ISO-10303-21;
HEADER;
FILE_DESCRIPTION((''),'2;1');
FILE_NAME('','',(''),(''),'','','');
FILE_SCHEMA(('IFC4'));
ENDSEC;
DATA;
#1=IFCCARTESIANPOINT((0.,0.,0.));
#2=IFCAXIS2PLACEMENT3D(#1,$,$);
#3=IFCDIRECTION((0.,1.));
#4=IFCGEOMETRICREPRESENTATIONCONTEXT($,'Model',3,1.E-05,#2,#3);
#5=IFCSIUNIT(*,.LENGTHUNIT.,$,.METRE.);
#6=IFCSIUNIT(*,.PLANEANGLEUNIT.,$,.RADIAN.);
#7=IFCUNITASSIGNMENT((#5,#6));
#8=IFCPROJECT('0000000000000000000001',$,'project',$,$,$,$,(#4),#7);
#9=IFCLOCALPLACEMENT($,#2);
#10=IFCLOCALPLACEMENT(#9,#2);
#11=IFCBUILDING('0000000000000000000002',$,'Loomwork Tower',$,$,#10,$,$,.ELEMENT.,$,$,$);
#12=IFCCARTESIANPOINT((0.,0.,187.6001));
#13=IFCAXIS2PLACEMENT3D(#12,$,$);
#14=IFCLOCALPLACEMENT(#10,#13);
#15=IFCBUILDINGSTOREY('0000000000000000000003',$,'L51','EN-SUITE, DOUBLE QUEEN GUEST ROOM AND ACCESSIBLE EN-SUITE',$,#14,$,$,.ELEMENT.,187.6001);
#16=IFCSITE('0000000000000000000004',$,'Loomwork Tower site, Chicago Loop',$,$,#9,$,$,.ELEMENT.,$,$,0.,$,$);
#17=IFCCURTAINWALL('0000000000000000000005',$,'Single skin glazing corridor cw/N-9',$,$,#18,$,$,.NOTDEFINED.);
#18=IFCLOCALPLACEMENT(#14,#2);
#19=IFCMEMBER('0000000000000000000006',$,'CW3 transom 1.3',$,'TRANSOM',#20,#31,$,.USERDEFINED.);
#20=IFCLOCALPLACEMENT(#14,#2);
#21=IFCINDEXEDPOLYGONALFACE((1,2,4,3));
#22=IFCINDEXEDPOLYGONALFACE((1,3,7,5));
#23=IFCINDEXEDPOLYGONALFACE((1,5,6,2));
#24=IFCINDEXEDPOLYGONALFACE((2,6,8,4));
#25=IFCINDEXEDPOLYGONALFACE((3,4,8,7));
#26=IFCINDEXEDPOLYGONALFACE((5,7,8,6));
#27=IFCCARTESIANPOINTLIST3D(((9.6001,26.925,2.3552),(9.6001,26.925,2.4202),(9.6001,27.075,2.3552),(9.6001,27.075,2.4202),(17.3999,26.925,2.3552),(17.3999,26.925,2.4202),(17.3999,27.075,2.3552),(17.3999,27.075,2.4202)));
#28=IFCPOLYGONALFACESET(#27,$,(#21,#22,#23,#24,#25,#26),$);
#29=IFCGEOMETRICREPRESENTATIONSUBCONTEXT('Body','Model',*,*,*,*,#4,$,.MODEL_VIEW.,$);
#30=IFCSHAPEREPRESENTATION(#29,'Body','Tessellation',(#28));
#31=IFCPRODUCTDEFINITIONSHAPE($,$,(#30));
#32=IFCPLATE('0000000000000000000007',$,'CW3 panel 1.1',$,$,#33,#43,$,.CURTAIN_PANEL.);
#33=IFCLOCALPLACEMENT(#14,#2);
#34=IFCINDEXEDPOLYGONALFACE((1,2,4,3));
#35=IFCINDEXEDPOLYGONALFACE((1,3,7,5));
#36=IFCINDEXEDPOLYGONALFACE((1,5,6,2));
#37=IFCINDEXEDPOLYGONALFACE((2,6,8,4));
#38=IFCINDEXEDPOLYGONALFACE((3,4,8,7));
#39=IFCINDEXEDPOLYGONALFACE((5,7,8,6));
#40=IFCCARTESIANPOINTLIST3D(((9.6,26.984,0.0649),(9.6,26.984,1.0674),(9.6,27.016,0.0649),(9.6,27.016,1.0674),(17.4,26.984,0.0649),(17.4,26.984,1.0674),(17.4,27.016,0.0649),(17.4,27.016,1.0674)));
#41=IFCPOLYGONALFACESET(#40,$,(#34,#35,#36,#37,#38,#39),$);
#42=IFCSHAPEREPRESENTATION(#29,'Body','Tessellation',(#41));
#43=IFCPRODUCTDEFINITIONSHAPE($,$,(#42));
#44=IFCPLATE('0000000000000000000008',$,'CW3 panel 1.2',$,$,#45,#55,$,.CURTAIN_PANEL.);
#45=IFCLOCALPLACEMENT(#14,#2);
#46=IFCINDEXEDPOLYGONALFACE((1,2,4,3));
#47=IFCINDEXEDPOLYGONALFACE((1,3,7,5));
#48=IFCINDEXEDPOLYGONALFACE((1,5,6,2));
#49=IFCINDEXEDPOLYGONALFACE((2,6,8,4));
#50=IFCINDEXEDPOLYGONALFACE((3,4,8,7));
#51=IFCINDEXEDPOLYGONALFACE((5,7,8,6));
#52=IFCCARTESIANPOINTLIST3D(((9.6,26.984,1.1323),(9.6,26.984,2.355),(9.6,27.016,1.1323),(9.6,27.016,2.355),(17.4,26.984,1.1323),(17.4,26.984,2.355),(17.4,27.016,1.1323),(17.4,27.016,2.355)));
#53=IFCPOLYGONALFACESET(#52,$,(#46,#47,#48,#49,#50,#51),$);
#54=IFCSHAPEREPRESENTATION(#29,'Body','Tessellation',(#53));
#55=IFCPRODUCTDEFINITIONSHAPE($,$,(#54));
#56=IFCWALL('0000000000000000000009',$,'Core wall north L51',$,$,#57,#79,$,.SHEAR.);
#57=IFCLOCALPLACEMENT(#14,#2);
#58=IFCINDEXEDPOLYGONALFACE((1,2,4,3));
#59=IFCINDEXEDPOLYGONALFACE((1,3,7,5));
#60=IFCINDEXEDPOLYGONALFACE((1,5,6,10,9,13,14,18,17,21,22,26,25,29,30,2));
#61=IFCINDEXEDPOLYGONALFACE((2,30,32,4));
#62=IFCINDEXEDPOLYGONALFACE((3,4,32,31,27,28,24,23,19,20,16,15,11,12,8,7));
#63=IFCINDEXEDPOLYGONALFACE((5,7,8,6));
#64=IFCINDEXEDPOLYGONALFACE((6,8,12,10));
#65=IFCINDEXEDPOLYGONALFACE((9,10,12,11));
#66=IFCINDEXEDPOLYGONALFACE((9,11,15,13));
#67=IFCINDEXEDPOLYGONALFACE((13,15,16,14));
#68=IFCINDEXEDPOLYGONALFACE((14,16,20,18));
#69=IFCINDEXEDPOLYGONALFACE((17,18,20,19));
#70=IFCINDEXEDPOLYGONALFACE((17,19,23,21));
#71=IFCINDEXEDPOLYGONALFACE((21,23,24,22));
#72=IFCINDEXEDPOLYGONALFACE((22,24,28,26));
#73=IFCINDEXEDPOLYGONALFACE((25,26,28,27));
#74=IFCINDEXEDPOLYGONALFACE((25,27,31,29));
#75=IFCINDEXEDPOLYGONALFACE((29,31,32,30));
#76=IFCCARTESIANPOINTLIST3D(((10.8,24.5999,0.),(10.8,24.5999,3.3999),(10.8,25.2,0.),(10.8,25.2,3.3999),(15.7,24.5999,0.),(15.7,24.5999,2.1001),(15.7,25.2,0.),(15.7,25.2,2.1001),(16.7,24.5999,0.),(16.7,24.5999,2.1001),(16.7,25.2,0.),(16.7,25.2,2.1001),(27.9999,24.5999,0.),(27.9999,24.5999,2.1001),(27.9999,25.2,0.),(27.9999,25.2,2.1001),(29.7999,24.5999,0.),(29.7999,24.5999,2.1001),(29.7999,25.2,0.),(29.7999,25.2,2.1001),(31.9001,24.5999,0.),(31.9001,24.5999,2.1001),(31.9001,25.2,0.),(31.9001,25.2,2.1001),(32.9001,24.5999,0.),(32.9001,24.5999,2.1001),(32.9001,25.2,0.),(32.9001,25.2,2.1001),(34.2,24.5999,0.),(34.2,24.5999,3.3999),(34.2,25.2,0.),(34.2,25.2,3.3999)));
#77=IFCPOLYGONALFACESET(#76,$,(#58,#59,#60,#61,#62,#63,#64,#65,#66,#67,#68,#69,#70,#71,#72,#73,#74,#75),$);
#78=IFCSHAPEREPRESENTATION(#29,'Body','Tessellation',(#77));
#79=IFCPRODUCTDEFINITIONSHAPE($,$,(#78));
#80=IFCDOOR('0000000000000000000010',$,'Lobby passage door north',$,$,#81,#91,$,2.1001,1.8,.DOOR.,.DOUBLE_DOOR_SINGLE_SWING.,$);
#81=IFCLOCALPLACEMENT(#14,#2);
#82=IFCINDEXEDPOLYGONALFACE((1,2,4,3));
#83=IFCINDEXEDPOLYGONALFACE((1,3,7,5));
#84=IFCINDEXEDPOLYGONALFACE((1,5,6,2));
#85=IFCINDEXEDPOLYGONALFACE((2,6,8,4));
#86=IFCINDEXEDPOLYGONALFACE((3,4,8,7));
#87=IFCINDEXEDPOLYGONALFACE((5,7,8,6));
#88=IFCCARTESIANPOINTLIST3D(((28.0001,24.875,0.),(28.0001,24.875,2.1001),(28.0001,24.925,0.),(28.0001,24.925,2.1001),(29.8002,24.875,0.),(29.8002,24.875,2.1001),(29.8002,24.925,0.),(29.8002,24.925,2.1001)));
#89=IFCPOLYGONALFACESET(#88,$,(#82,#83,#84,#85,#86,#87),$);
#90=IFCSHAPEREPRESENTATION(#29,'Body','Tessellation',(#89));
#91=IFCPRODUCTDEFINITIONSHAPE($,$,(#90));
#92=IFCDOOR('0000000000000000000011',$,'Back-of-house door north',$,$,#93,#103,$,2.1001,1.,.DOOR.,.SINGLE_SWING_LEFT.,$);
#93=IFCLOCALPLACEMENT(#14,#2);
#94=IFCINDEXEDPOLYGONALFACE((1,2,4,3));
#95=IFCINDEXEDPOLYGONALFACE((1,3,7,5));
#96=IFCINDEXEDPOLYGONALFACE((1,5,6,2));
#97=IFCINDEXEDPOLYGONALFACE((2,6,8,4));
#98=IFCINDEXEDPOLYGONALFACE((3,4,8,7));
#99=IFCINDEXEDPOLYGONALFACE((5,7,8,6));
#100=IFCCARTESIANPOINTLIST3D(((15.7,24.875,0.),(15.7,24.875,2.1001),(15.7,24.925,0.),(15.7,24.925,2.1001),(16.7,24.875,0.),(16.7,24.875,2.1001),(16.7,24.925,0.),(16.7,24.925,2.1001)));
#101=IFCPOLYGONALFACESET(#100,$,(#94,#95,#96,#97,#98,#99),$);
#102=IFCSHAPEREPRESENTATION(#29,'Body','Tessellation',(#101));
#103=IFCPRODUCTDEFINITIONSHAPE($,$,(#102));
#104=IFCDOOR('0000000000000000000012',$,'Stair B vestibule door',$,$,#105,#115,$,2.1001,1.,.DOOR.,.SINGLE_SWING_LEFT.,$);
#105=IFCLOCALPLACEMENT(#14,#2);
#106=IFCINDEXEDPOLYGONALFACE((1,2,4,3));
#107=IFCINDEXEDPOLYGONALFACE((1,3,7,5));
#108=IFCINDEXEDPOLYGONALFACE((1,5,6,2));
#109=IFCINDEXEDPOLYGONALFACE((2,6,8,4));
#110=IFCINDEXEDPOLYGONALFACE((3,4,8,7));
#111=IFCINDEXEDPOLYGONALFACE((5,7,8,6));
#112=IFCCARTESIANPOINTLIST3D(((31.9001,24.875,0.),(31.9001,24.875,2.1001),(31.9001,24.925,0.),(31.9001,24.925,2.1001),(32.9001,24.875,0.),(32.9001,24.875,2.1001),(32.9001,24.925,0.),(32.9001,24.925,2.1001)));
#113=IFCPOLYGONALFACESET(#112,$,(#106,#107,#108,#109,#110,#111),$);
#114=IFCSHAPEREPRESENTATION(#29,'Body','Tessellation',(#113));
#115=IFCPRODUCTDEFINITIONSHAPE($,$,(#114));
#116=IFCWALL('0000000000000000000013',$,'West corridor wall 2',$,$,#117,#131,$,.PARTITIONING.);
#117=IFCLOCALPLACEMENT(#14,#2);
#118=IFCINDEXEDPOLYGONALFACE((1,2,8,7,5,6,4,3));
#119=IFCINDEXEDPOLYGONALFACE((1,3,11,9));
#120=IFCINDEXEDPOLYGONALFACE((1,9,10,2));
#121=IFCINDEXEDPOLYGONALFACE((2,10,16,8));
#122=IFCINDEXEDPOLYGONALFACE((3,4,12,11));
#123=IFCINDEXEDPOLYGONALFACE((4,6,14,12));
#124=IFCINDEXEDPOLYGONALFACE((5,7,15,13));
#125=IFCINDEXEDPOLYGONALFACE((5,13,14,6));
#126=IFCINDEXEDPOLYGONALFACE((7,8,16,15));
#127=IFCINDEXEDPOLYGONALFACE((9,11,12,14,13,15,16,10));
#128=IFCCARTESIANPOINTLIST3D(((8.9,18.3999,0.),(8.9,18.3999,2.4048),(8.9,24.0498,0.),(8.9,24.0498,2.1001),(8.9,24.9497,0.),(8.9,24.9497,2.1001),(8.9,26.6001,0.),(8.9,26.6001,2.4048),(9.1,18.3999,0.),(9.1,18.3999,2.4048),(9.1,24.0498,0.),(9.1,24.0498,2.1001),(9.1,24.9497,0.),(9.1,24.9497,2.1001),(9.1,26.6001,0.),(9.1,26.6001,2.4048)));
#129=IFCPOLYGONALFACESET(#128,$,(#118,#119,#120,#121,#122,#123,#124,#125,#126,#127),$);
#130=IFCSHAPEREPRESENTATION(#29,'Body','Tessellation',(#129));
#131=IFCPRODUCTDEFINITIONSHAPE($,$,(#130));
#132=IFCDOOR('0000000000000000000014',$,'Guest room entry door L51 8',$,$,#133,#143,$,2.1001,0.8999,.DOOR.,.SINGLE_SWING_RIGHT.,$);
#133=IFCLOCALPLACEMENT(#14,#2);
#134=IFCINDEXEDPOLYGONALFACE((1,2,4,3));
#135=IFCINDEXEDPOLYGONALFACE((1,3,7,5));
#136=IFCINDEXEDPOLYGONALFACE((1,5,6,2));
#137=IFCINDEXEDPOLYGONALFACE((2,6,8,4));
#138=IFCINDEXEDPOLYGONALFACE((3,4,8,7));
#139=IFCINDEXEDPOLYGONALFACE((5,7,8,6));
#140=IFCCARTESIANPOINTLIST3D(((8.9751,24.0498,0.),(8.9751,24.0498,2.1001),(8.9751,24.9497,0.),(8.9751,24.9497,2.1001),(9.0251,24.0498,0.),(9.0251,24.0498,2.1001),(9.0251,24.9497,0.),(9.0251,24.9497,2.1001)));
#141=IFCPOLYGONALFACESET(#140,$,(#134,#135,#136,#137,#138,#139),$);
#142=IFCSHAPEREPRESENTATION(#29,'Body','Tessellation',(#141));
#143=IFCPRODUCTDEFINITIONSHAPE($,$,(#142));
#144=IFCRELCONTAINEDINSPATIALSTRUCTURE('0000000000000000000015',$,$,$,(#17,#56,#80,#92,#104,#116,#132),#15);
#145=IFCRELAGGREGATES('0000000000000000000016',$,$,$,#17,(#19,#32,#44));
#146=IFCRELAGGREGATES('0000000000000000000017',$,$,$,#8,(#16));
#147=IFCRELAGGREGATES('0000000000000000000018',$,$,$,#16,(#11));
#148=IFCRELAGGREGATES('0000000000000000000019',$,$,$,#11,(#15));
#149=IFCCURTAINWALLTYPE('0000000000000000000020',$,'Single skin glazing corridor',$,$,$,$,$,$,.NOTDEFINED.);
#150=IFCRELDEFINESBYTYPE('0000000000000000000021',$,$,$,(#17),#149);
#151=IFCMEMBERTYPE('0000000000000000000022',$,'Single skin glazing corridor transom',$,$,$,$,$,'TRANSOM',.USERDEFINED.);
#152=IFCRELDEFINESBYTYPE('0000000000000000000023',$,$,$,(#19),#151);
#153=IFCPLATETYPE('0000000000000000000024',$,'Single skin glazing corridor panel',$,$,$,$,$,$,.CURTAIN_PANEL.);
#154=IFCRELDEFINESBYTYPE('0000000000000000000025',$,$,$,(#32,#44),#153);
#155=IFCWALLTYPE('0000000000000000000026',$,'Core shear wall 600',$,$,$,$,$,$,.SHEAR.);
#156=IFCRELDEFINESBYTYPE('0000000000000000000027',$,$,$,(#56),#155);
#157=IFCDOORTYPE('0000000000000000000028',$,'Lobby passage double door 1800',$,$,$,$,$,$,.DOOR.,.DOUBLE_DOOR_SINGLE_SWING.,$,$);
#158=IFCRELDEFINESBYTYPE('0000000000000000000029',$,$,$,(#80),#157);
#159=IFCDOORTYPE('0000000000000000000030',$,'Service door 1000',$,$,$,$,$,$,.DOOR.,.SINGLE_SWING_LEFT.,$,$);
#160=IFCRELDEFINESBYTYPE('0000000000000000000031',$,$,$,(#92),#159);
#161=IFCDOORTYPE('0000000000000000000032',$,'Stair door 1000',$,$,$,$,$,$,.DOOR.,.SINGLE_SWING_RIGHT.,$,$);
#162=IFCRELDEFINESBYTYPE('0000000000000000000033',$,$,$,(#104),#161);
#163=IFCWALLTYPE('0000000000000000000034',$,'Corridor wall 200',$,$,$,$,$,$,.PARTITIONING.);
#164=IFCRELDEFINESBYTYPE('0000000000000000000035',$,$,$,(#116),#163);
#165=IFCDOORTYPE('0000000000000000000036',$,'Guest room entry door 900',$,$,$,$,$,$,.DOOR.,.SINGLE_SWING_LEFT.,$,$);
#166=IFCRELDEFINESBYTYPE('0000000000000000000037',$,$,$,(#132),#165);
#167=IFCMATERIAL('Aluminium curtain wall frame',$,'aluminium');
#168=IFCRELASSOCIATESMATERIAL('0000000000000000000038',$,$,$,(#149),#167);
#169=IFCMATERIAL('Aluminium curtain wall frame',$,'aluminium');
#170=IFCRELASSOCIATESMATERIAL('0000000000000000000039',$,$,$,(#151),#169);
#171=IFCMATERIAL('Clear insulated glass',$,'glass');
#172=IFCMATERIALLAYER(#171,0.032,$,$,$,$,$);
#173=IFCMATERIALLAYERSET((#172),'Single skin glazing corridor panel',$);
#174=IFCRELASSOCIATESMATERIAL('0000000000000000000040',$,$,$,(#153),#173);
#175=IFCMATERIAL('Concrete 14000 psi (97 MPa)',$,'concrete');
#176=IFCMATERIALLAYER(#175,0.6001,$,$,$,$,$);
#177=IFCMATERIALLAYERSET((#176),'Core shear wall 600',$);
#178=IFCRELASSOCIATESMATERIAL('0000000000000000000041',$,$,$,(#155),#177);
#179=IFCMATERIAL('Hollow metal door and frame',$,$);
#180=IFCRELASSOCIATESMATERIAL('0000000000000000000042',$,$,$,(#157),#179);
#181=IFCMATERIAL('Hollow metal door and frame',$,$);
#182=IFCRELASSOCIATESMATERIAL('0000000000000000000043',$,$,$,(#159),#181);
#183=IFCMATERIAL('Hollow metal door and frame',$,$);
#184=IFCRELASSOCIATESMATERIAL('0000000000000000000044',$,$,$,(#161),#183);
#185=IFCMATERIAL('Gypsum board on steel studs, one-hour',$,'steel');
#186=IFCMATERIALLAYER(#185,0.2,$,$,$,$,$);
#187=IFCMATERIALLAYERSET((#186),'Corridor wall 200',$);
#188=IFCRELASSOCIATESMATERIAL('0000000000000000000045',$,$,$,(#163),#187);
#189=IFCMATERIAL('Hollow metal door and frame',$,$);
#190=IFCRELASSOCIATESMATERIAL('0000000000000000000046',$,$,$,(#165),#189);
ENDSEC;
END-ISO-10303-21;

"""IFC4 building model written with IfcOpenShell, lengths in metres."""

from ifc_helpers import new_model, si_unit, direction, frame, frame_2d, origin, origin_2d, place, context, subcontext, project, spatial, rectangle, extrude, material, layer, layer_set, material_profile, profile_set, type_object, element, fill, aggregate, save


model = new_model("IFC4")

# Units and contexts
model_context = context("Model", 3, precision=1e-05, world=origin(), true_north=direction((0.0, 1.0)))
body_context = subcontext(model_context, "Body", "Model", "MODEL_VIEW")
ifc_project = project(units=[si_unit("LENGTHUNIT", "METRE"), si_unit("PLANEANGLEUNIT", "RADIAN")], contexts=[model_context])

# Site, building, storey
site_placement = place(None, origin())
site = spatial("IfcSite", under=ifc_project, at=site_placement, Name="Loomwork Tower site, Chicago Loop", CompositionType="ELEMENT", RefElevation=0.0)
building_placement = place(site_placement, origin())
building = spatial("IfcBuilding", under=site, at=building_placement, Name="Loomwork Tower", CompositionType="ELEMENT")
storey_placement = place(building_placement, frame((0.0, 0.0, 187.6001)))
storey = spatial("IfcBuildingStorey", under=building, at=storey_placement, Name="L51", Description="EN-SUITE, DOUBLE QUEEN GUEST ROOM AND ACCESSIBLE EN-SUITE", CompositionType="ELEMENT", Elevation=187.6001)

# Shared definitions
ifc_material_1 = material(Name="Aluminium curtain wall frame", Category="aluminium")
curtain_wall_type = type_object("IfcCurtainWallType", Name="Single skin glazing corridor", PredefinedType="NOTDEFINED", material=ifc_material_1)

# Curtain wall
curtain_wall_1_placement = place(storey_placement, origin())
curtain_wall_1 = element("IfcCurtainWall", 1, at=curtain_wall_1_placement, inside=storey, type_object=curtain_wall_type, Name="Single skin glazing corridor cw/N-9", PredefinedType="NOTDEFINED")

# Member
ifc_material_2 = material(Name="Aluminium curtain wall frame", Category="aluminium")
ifc_material_profile_1 = material_profile(ifc_material_2, rectangle(XDim=0.1499, YDim=0.0649, at=origin_2d()), Name="AL 65x150")
ifc_profile_set_1 = profile_set([ifc_material_profile_1], Name="Aluminium curtain wall frame")
member_type_1 = type_object("IfcMemberType", Name="Single skin glazing corridor transom", ElementType="TRANSOM", PredefinedType="USERDEFINED", material=ifc_profile_set_1)
member_1_placement = place(storey_placement, frame((17.3999, 27.0, 2.3877), z_axis=(-1.0, 0.0, 0.0), x_axis=(0.0, -1.0, 0.0)))
member_1 = element("IfcMember", 2, at=member_1_placement, type_object=member_type_1, Name="CW3 transom 1.3", ObjectType="TRANSOM", PredefinedType="USERDEFINED", context=body_context, shape_type="SweptSolid", body=[
    extrude(rectangle(XDim=0.1499, YDim=0.0649, at=origin_2d()), origin(), (0.0, 0.0, 1.0), 7.7998),
])

# Plates
ifc_material_3 = material(Name="Clear insulated glass", Category="glass")
ifc_layer_1 = layer(ifc_material_3, 0.032)
ifc_layer_set_1 = layer_set([ifc_layer_1], Name="Single skin glazing corridor panel")
plate_type = type_object("IfcPlateType", Name="Single skin glazing corridor panel", PredefinedType="CURTAIN_PANEL", material=ifc_layer_set_1)
plate_1_placement = place(storey_placement, frame((13.5, 27.0, 0.0649), z_axis=(0.0, 0.0, 1.0), x_axis=(-1.0, 0.0, 0.0)))
plate_1 = element("IfcPlate", 3, at=plate_1_placement, type_object=plate_type, Name="CW3 panel 1.1", PredefinedType="CURTAIN_PANEL", context=body_context, shape_type="SweptSolid", body=[
    extrude(rectangle(XDim=7.8, YDim=0.032, at=origin_2d()), origin(), (0.0, 0.0, 1.0), 1.0024),
])
plate_2_placement = place(storey_placement, frame((13.5, 27.0, 1.1323), z_axis=(0.0, 0.0, 1.0), x_axis=(-1.0, 0.0, 0.0)))
plate_2 = element("IfcPlate", 4, at=plate_2_placement, type_object=plate_type, Name="CW3 panel 1.2", PredefinedType="CURTAIN_PANEL", context=body_context, shape_type="SweptSolid", body=[
    extrude(rectangle(XDim=7.8, YDim=0.032, at=origin_2d()), origin(), (0.0, 0.0, 1.0), 1.2227),
])
aggregate(curtain_wall_1, [member_1, plate_1, plate_2])

# Wall, openings, doors
ifc_material_4 = material(Name="Concrete 14000 psi (97 MPa)", Category="concrete")
ifc_layer_2 = layer(ifc_material_4, 0.6001)
ifc_layer_set_2 = layer_set([ifc_layer_2], Name="Core shear wall 600")
wall_type_1 = type_object("IfcWallType", Name="Core shear wall 600", PredefinedType="SHEAR", material=ifc_layer_set_2)
wall_1_placement = place(storey_placement, frame((10.8, 24.8999, 0.0), z_axis=(0.0, 0.0, 1.0), x_axis=(1.0, 0.0, 0.0)))
wall_1 = element("IfcWall", 5, at=wall_1_placement, inside=storey, type_object=wall_type_1, Name="Core wall north L51", PredefinedType="SHEAR", context=body_context, shape_type="SweptSolid", body=[
    extrude(rectangle(XDim=23.3999, YDim=0.6001, at=frame_2d((11.7, 0.0))), origin(), (0.0, 0.0, 1.0), 3.3999),
])
opening_1_placement = place(wall_1_placement, frame((17.2, 0.0, 0.0)))
opening_1 = element("IfcOpeningElement", 6, at=opening_1_placement, cuts=wall_1, PredefinedType="OPENING", context=body_context, shape_type="SweptSolid", body=[
    extrude(rectangle(XDim=1.8, YDim=2.1001, at=frame_2d((0.8999, 1.05))), frame((0.0, 0.3101, 0.0), z_axis=(0.0, -1.0, 0.0), x_axis=(1.0, 0.0, 0.0)), (0.0, 0.0, 1.0), 0.6201),
])
opening_2_placement = place(wall_1_placement, frame((21.1001, 0.0, 0.0)))
opening_2 = element("IfcOpeningElement", 7, at=opening_2_placement, cuts=wall_1, PredefinedType="OPENING", context=body_context, shape_type="SweptSolid", body=[
    extrude(rectangle(XDim=1.0, YDim=2.1001, at=frame_2d((0.5, 1.05))), frame((0.0, 0.3101, 0.0), z_axis=(0.0, -1.0, 0.0), x_axis=(1.0, 0.0, 0.0)), (0.0, 0.0, 1.0), 0.6201),
])
opening_3_placement = place(wall_1_placement, frame((4.8999, 0.0, 0.0)))
opening_3 = element("IfcOpeningElement", 8, at=opening_3_placement, cuts=wall_1, PredefinedType="OPENING", context=body_context, shape_type="SweptSolid", body=[
    extrude(rectangle(XDim=1.0, YDim=2.1001, at=frame_2d((0.5, 1.05))), frame((0.0, 0.3101, 0.0), z_axis=(0.0, -1.0, 0.0), x_axis=(1.0, 0.0, 0.0)), (0.0, 0.0, 1.0), 0.6201),
])
ifc_material_5 = material(Name="Hollow metal door and frame")
door_type_1 = type_object("IfcDoorType", Name="Lobby passage double door 1800", OperationType="DOUBLE_DOOR_SINGLE_SWING", PredefinedType="DOOR", material=ifc_material_5)
door_1_placement = place(opening_1_placement, frame((1.8, 0.0, 0.0), z_axis=(0.0, 0.0, 1.0), x_axis=(-1.0, 0.0, 0.0)))
door_1 = element("IfcDoor", 9, at=door_1_placement, inside=storey, type_object=door_type_1, Name="Lobby passage door north", OperationType="DOUBLE_DOOR_SINGLE_SWING", OverallHeight=2.1001, OverallWidth=1.8, PredefinedType="DOOR", context=body_context, shape_type="SweptSolid", body=[
    extrude(rectangle(XDim=1.8, YDim=2.1001, at=frame_2d((0.8999, 1.05))), frame((0.0, 0.0249, 0.0), z_axis=(0.0, -1.0, 0.0), x_axis=(1.0, 0.0, 0.0)), (0.0, 0.0, 1.0), 0.05),
])
fill(opening_1, door_1)
ifc_material_6 = material(Name="Hollow metal door and frame")
door_type_2 = type_object("IfcDoorType", Name="Service door 1000", OperationType="SINGLE_SWING_LEFT", PredefinedType="DOOR", material=ifc_material_6)
door_2_placement = place(opening_3_placement, frame((1.0, 0.0, 0.0), z_axis=(0.0, 0.0, 1.0), x_axis=(-1.0, 0.0, 0.0)))
door_2 = element("IfcDoor", 10, at=door_2_placement, inside=storey, type_object=door_type_2, Name="Back-of-house door north", OperationType="SINGLE_SWING_LEFT", OverallHeight=2.1001, OverallWidth=1.0, PredefinedType="DOOR", context=body_context, shape_type="SweptSolid", body=[
    extrude(rectangle(XDim=1.0, YDim=2.1001, at=frame_2d((0.5, 1.05))), frame((0.0, 0.0249, 0.0), z_axis=(0.0, -1.0, 0.0), x_axis=(1.0, 0.0, 0.0)), (0.0, 0.0, 1.0), 0.05),
])
fill(opening_3, door_2)
ifc_material_7 = material(Name="Hollow metal door and frame")
door_type_3 = type_object("IfcDoorType", Name="Stair door 1000", OperationType="SINGLE_SWING_RIGHT", PredefinedType="DOOR", material=ifc_material_7)
door_3_placement = place(opening_2_placement, frame((1.0, 0.0, 0.0), z_axis=(0.0, 0.0, 1.0), x_axis=(-1.0, 0.0, 0.0)))
door_3 = element("IfcDoor", 11, at=door_3_placement, inside=storey, type_object=door_type_3, Name="Stair B vestibule door", OperationType="SINGLE_SWING_LEFT", OverallHeight=2.1001, OverallWidth=1.0, PredefinedType="DOOR", context=body_context, shape_type="SweptSolid", body=[
    extrude(rectangle(XDim=1.0, YDim=2.1001, at=frame_2d((0.5, 1.05))), frame((0.0, 0.0249, 0.0), z_axis=(0.0, -1.0, 0.0), x_axis=(1.0, 0.0, 0.0)), (0.0, 0.0, 1.0), 0.05),
])
fill(opening_2, door_3)

# Wall, opening, door
ifc_material_8 = material(Name="Gypsum board on steel studs, one-hour", Category="steel")
ifc_layer_3 = layer(ifc_material_8, 0.2)
ifc_layer_set_3 = layer_set([ifc_layer_3], Name="Corridor wall 200")
wall_type_2 = type_object("IfcWallType", Name="Corridor wall 200", PredefinedType="PARTITIONING", material=ifc_layer_set_3)
wall_2_placement = place(storey_placement, frame((9.0, 18.3999, 0.0), z_axis=(0.0, 0.0, 1.0), x_axis=(0.0, 1.0, 0.0)))
wall_2 = element("IfcWall", 12, at=wall_2_placement, inside=storey, type_object=wall_type_2, Name="West corridor wall 2", PredefinedType="PARTITIONING", context=body_context, shape_type="SweptSolid", body=[
    extrude(rectangle(XDim=8.2002, YDim=0.2, at=frame_2d((4.1001, 0.0))), origin(), (0.0, 0.0, 1.0), 2.4048),
])
opening_4_placement = place(wall_2_placement, frame((5.6499, 0.0, 0.0)))
opening_4 = element("IfcOpeningElement", 13, at=opening_4_placement, cuts=wall_2, PredefinedType="OPENING", context=body_context, shape_type="SweptSolid", body=[
    extrude(rectangle(XDim=0.8999, YDim=2.1001, at=frame_2d((0.45, 1.05))), frame((0.0, 0.1099, 0.0), z_axis=(0.0, -1.0, 0.0), x_axis=(1.0, 0.0, 0.0)), (0.0, 0.0, 1.0), 0.22),
])
ifc_material_9 = material(Name="Hollow metal door and frame")
door_type_4 = type_object("IfcDoorType", Name="Guest room entry door 900", OperationType="SINGLE_SWING_LEFT", PredefinedType="DOOR", material=ifc_material_9)
door_4_placement = place(opening_4_placement, origin())
door_4 = element("IfcDoor", 14, at=door_4_placement, inside=storey, type_object=door_type_4, Name="Guest room entry door L51 8", OperationType="SINGLE_SWING_RIGHT", OverallHeight=2.1001, OverallWidth=0.8999, PredefinedType="DOOR", context=body_context, shape_type="SweptSolid", body=[
    extrude(rectangle(XDim=0.8999, YDim=2.1001, at=frame_2d((0.45, 1.05))), frame((0.0, 0.0249, 0.0), z_axis=(0.0, -1.0, 0.0), x_axis=(1.0, 0.0, 0.0)), (0.0, 0.0, 1.0), 0.05),
])
fill(opening_4, door_4)

save(model, "model.ifc")
